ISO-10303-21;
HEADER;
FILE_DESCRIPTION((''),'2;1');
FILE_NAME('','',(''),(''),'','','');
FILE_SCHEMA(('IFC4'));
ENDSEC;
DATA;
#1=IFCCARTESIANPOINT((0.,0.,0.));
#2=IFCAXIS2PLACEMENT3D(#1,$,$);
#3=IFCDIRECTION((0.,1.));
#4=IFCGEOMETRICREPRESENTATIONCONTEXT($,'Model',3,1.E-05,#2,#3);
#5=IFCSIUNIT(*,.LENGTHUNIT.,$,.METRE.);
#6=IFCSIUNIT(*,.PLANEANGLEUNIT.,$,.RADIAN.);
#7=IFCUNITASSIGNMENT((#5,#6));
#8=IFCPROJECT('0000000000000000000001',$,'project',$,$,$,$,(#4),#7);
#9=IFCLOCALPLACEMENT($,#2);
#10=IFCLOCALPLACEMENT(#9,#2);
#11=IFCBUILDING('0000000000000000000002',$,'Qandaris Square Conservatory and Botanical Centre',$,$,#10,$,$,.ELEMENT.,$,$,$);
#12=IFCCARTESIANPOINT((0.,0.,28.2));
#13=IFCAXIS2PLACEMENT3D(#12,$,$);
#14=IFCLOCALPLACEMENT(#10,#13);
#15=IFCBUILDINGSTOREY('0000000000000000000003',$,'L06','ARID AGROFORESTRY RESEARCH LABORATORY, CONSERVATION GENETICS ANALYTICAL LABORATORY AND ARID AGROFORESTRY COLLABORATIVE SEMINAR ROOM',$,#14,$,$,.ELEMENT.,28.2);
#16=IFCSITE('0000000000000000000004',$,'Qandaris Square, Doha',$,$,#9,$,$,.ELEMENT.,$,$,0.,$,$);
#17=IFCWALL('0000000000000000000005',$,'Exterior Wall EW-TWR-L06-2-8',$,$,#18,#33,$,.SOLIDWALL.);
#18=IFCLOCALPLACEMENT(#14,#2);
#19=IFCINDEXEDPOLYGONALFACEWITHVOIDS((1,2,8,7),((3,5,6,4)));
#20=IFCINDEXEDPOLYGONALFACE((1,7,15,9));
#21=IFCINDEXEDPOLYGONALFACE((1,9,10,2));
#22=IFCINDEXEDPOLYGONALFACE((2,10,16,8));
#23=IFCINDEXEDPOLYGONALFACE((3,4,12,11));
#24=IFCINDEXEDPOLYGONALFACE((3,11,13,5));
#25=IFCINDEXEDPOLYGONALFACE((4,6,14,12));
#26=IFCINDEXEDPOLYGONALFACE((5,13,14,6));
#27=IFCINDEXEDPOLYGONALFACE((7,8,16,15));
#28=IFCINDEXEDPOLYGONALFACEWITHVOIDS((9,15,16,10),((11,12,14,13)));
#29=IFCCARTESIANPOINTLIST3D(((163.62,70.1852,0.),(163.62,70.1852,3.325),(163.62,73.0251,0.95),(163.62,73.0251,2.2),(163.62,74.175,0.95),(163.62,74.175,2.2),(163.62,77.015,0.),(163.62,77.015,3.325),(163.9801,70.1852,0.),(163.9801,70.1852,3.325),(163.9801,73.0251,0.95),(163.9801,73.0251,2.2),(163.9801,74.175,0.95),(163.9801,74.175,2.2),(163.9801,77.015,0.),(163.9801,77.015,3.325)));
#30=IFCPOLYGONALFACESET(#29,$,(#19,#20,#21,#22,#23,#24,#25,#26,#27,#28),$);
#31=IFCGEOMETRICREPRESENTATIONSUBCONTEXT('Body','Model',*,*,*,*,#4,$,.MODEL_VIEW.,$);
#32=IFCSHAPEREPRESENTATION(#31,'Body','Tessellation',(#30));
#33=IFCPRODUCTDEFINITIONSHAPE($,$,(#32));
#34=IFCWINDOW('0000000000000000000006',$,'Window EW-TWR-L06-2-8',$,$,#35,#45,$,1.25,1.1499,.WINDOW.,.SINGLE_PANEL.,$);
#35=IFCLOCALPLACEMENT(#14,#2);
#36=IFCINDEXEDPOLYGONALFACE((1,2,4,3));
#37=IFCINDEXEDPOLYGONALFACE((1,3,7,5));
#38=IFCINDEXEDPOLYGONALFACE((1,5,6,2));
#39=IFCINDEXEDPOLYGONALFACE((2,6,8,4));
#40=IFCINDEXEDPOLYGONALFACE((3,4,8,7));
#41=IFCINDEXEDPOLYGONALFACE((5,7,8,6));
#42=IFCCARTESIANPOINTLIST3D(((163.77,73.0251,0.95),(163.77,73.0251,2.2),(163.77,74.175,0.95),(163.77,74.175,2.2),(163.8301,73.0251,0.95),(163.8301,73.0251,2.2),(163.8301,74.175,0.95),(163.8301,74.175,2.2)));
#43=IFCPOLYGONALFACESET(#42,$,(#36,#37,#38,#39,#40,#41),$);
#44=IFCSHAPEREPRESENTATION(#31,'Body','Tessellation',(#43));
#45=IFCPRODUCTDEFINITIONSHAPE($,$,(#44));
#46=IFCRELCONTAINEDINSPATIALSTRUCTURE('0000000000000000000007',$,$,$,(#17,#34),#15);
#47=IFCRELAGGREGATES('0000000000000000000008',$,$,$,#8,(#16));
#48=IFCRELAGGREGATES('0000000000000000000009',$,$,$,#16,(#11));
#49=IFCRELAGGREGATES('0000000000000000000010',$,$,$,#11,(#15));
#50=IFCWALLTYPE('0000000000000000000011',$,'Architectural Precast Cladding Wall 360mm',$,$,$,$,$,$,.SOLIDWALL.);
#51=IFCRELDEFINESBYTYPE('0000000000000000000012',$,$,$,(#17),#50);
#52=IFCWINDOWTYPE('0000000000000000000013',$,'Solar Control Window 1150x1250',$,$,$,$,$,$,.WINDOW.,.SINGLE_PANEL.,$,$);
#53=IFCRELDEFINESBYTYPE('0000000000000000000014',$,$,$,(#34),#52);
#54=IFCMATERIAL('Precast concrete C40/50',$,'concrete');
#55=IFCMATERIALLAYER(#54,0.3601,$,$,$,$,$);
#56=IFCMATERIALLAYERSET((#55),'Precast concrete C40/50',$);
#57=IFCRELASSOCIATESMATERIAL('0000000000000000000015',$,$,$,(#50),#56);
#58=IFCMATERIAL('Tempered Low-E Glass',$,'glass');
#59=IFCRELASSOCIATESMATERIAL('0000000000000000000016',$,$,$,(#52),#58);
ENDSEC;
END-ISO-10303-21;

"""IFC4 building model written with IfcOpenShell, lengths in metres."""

from ifc_helpers import new_model, si_unit, direction, frame, frame_2d, origin, place, context, subcontext, project, spatial, rectangle, extrude, material, layer, layer_set, type_object, element, fill, save


model = new_model("IFC4")

# Units and contexts
model_context = context("Model", 3, precision=1e-05, world=origin(), true_north=direction((0.0, 1.0)))
body_context = subcontext(model_context, "Body", "Model", "MODEL_VIEW")
ifc_project = project(units=[si_unit("LENGTHUNIT", "METRE"), si_unit("PLANEANGLEUNIT", "RADIAN")], contexts=[model_context])

# Site, building, storey
site_placement = place(None, origin())
site = spatial("IfcSite", under=ifc_project, at=site_placement, Name="Qandaris Square, Doha", CompositionType="ELEMENT", RefElevation=0.0)
building_placement = place(site_placement, origin())
building = spatial("IfcBuilding", under=site, at=building_placement, Name="Qandaris Square Conservatory and Botanical Centre", CompositionType="ELEMENT")
storey_placement = place(building_placement, frame((0.0, 0.0, 28.2)))
storey = spatial("IfcBuildingStorey", under=building, at=storey_placement, Name="L06", Description="ARID AGROFORESTRY RESEARCH LABORATORY, CONSERVATION GENETICS ANALYTICAL LABORATORY AND ARID AGROFORESTRY COLLABORATIVE SEMINAR ROOM", CompositionType="ELEMENT", Elevation=28.2)

# Shared definitions
ifc_material_1 = material(Name="Tempered Low-E Glass", Category="glass")

# Wall, opening, window
ifc_material_2 = material(Name="Precast concrete C40/50", Category="concrete")
ifc_layer_1 = layer(ifc_material_2, 0.3601)
ifc_layer_set_1 = layer_set([ifc_layer_1], Name="Precast concrete C40/50")
wall_type = type_object("IfcWallType", Name="Architectural Precast Cladding Wall 360mm", PredefinedType="SOLIDWALL", material=ifc_layer_set_1)
wall_placement = place(storey_placement, frame((163.8, 70.1851, 0.0), z_axis=(0.0, 0.0, 1.0), x_axis=(0.0, 1.0, 0.0)))
wall = element("IfcWall", 1, at=wall_placement, inside=storey, type_object=wall_type, Name="Exterior Wall EW-TWR-L06-2-8", PredefinedType="SOLIDWALL", context=body_context, shape_type="SweptSolid", body=[
    extrude(rectangle(XDim=6.8298, YDim=0.3601, at=frame_2d((3.415, 0.0))), origin(), (0.0, 0.0, 1.0), 3.325),
])
opening_placement = place(wall_placement, frame((2.8401, 0.0, 0.95)))
opening = element("IfcOpeningElement", 2, at=opening_placement, cuts=wall, PredefinedType="OPENING", context=body_context, shape_type="SweptSolid", body=[
    extrude(rectangle(XDim=1.1499, YDim=1.25, at=frame_2d((0.575, 0.625))), frame((0.0, 0.1919, 0.0), z_axis=(0.0, -1.0, 0.0), x_axis=(1.0, 0.0, 0.0)), (0.0, 0.0, 1.0), 0.384),
])
window_type = type_object("IfcWindowType", Name="Solar Control Window 1150x1250", PartitioningType="SINGLE_PANEL", PredefinedType="WINDOW", material=ifc_material_1)
window_placement = place(opening_placement, origin())
window = element("IfcWindow", 3, at=window_placement, inside=storey, type_object=window_type, Name="Window EW-TWR-L06-2-8", OverallHeight=1.25, OverallWidth=1.1499, PartitioningType="SINGLE_PANEL", PredefinedType="WINDOW", context=body_context, shape_type="SweptSolid", body=[
    extrude(rectangle(XDim=1.1499, YDim=1.25, at=frame_2d((0.575, 0.625))), frame((0.0, 0.03, 0.0), z_axis=(0.0, -1.0, 0.0), x_axis=(1.0, 0.0, 0.0)), (0.0, 0.0, 1.0), 0.0601),
])
fill(opening, window)

save(model, "model.ifc")
